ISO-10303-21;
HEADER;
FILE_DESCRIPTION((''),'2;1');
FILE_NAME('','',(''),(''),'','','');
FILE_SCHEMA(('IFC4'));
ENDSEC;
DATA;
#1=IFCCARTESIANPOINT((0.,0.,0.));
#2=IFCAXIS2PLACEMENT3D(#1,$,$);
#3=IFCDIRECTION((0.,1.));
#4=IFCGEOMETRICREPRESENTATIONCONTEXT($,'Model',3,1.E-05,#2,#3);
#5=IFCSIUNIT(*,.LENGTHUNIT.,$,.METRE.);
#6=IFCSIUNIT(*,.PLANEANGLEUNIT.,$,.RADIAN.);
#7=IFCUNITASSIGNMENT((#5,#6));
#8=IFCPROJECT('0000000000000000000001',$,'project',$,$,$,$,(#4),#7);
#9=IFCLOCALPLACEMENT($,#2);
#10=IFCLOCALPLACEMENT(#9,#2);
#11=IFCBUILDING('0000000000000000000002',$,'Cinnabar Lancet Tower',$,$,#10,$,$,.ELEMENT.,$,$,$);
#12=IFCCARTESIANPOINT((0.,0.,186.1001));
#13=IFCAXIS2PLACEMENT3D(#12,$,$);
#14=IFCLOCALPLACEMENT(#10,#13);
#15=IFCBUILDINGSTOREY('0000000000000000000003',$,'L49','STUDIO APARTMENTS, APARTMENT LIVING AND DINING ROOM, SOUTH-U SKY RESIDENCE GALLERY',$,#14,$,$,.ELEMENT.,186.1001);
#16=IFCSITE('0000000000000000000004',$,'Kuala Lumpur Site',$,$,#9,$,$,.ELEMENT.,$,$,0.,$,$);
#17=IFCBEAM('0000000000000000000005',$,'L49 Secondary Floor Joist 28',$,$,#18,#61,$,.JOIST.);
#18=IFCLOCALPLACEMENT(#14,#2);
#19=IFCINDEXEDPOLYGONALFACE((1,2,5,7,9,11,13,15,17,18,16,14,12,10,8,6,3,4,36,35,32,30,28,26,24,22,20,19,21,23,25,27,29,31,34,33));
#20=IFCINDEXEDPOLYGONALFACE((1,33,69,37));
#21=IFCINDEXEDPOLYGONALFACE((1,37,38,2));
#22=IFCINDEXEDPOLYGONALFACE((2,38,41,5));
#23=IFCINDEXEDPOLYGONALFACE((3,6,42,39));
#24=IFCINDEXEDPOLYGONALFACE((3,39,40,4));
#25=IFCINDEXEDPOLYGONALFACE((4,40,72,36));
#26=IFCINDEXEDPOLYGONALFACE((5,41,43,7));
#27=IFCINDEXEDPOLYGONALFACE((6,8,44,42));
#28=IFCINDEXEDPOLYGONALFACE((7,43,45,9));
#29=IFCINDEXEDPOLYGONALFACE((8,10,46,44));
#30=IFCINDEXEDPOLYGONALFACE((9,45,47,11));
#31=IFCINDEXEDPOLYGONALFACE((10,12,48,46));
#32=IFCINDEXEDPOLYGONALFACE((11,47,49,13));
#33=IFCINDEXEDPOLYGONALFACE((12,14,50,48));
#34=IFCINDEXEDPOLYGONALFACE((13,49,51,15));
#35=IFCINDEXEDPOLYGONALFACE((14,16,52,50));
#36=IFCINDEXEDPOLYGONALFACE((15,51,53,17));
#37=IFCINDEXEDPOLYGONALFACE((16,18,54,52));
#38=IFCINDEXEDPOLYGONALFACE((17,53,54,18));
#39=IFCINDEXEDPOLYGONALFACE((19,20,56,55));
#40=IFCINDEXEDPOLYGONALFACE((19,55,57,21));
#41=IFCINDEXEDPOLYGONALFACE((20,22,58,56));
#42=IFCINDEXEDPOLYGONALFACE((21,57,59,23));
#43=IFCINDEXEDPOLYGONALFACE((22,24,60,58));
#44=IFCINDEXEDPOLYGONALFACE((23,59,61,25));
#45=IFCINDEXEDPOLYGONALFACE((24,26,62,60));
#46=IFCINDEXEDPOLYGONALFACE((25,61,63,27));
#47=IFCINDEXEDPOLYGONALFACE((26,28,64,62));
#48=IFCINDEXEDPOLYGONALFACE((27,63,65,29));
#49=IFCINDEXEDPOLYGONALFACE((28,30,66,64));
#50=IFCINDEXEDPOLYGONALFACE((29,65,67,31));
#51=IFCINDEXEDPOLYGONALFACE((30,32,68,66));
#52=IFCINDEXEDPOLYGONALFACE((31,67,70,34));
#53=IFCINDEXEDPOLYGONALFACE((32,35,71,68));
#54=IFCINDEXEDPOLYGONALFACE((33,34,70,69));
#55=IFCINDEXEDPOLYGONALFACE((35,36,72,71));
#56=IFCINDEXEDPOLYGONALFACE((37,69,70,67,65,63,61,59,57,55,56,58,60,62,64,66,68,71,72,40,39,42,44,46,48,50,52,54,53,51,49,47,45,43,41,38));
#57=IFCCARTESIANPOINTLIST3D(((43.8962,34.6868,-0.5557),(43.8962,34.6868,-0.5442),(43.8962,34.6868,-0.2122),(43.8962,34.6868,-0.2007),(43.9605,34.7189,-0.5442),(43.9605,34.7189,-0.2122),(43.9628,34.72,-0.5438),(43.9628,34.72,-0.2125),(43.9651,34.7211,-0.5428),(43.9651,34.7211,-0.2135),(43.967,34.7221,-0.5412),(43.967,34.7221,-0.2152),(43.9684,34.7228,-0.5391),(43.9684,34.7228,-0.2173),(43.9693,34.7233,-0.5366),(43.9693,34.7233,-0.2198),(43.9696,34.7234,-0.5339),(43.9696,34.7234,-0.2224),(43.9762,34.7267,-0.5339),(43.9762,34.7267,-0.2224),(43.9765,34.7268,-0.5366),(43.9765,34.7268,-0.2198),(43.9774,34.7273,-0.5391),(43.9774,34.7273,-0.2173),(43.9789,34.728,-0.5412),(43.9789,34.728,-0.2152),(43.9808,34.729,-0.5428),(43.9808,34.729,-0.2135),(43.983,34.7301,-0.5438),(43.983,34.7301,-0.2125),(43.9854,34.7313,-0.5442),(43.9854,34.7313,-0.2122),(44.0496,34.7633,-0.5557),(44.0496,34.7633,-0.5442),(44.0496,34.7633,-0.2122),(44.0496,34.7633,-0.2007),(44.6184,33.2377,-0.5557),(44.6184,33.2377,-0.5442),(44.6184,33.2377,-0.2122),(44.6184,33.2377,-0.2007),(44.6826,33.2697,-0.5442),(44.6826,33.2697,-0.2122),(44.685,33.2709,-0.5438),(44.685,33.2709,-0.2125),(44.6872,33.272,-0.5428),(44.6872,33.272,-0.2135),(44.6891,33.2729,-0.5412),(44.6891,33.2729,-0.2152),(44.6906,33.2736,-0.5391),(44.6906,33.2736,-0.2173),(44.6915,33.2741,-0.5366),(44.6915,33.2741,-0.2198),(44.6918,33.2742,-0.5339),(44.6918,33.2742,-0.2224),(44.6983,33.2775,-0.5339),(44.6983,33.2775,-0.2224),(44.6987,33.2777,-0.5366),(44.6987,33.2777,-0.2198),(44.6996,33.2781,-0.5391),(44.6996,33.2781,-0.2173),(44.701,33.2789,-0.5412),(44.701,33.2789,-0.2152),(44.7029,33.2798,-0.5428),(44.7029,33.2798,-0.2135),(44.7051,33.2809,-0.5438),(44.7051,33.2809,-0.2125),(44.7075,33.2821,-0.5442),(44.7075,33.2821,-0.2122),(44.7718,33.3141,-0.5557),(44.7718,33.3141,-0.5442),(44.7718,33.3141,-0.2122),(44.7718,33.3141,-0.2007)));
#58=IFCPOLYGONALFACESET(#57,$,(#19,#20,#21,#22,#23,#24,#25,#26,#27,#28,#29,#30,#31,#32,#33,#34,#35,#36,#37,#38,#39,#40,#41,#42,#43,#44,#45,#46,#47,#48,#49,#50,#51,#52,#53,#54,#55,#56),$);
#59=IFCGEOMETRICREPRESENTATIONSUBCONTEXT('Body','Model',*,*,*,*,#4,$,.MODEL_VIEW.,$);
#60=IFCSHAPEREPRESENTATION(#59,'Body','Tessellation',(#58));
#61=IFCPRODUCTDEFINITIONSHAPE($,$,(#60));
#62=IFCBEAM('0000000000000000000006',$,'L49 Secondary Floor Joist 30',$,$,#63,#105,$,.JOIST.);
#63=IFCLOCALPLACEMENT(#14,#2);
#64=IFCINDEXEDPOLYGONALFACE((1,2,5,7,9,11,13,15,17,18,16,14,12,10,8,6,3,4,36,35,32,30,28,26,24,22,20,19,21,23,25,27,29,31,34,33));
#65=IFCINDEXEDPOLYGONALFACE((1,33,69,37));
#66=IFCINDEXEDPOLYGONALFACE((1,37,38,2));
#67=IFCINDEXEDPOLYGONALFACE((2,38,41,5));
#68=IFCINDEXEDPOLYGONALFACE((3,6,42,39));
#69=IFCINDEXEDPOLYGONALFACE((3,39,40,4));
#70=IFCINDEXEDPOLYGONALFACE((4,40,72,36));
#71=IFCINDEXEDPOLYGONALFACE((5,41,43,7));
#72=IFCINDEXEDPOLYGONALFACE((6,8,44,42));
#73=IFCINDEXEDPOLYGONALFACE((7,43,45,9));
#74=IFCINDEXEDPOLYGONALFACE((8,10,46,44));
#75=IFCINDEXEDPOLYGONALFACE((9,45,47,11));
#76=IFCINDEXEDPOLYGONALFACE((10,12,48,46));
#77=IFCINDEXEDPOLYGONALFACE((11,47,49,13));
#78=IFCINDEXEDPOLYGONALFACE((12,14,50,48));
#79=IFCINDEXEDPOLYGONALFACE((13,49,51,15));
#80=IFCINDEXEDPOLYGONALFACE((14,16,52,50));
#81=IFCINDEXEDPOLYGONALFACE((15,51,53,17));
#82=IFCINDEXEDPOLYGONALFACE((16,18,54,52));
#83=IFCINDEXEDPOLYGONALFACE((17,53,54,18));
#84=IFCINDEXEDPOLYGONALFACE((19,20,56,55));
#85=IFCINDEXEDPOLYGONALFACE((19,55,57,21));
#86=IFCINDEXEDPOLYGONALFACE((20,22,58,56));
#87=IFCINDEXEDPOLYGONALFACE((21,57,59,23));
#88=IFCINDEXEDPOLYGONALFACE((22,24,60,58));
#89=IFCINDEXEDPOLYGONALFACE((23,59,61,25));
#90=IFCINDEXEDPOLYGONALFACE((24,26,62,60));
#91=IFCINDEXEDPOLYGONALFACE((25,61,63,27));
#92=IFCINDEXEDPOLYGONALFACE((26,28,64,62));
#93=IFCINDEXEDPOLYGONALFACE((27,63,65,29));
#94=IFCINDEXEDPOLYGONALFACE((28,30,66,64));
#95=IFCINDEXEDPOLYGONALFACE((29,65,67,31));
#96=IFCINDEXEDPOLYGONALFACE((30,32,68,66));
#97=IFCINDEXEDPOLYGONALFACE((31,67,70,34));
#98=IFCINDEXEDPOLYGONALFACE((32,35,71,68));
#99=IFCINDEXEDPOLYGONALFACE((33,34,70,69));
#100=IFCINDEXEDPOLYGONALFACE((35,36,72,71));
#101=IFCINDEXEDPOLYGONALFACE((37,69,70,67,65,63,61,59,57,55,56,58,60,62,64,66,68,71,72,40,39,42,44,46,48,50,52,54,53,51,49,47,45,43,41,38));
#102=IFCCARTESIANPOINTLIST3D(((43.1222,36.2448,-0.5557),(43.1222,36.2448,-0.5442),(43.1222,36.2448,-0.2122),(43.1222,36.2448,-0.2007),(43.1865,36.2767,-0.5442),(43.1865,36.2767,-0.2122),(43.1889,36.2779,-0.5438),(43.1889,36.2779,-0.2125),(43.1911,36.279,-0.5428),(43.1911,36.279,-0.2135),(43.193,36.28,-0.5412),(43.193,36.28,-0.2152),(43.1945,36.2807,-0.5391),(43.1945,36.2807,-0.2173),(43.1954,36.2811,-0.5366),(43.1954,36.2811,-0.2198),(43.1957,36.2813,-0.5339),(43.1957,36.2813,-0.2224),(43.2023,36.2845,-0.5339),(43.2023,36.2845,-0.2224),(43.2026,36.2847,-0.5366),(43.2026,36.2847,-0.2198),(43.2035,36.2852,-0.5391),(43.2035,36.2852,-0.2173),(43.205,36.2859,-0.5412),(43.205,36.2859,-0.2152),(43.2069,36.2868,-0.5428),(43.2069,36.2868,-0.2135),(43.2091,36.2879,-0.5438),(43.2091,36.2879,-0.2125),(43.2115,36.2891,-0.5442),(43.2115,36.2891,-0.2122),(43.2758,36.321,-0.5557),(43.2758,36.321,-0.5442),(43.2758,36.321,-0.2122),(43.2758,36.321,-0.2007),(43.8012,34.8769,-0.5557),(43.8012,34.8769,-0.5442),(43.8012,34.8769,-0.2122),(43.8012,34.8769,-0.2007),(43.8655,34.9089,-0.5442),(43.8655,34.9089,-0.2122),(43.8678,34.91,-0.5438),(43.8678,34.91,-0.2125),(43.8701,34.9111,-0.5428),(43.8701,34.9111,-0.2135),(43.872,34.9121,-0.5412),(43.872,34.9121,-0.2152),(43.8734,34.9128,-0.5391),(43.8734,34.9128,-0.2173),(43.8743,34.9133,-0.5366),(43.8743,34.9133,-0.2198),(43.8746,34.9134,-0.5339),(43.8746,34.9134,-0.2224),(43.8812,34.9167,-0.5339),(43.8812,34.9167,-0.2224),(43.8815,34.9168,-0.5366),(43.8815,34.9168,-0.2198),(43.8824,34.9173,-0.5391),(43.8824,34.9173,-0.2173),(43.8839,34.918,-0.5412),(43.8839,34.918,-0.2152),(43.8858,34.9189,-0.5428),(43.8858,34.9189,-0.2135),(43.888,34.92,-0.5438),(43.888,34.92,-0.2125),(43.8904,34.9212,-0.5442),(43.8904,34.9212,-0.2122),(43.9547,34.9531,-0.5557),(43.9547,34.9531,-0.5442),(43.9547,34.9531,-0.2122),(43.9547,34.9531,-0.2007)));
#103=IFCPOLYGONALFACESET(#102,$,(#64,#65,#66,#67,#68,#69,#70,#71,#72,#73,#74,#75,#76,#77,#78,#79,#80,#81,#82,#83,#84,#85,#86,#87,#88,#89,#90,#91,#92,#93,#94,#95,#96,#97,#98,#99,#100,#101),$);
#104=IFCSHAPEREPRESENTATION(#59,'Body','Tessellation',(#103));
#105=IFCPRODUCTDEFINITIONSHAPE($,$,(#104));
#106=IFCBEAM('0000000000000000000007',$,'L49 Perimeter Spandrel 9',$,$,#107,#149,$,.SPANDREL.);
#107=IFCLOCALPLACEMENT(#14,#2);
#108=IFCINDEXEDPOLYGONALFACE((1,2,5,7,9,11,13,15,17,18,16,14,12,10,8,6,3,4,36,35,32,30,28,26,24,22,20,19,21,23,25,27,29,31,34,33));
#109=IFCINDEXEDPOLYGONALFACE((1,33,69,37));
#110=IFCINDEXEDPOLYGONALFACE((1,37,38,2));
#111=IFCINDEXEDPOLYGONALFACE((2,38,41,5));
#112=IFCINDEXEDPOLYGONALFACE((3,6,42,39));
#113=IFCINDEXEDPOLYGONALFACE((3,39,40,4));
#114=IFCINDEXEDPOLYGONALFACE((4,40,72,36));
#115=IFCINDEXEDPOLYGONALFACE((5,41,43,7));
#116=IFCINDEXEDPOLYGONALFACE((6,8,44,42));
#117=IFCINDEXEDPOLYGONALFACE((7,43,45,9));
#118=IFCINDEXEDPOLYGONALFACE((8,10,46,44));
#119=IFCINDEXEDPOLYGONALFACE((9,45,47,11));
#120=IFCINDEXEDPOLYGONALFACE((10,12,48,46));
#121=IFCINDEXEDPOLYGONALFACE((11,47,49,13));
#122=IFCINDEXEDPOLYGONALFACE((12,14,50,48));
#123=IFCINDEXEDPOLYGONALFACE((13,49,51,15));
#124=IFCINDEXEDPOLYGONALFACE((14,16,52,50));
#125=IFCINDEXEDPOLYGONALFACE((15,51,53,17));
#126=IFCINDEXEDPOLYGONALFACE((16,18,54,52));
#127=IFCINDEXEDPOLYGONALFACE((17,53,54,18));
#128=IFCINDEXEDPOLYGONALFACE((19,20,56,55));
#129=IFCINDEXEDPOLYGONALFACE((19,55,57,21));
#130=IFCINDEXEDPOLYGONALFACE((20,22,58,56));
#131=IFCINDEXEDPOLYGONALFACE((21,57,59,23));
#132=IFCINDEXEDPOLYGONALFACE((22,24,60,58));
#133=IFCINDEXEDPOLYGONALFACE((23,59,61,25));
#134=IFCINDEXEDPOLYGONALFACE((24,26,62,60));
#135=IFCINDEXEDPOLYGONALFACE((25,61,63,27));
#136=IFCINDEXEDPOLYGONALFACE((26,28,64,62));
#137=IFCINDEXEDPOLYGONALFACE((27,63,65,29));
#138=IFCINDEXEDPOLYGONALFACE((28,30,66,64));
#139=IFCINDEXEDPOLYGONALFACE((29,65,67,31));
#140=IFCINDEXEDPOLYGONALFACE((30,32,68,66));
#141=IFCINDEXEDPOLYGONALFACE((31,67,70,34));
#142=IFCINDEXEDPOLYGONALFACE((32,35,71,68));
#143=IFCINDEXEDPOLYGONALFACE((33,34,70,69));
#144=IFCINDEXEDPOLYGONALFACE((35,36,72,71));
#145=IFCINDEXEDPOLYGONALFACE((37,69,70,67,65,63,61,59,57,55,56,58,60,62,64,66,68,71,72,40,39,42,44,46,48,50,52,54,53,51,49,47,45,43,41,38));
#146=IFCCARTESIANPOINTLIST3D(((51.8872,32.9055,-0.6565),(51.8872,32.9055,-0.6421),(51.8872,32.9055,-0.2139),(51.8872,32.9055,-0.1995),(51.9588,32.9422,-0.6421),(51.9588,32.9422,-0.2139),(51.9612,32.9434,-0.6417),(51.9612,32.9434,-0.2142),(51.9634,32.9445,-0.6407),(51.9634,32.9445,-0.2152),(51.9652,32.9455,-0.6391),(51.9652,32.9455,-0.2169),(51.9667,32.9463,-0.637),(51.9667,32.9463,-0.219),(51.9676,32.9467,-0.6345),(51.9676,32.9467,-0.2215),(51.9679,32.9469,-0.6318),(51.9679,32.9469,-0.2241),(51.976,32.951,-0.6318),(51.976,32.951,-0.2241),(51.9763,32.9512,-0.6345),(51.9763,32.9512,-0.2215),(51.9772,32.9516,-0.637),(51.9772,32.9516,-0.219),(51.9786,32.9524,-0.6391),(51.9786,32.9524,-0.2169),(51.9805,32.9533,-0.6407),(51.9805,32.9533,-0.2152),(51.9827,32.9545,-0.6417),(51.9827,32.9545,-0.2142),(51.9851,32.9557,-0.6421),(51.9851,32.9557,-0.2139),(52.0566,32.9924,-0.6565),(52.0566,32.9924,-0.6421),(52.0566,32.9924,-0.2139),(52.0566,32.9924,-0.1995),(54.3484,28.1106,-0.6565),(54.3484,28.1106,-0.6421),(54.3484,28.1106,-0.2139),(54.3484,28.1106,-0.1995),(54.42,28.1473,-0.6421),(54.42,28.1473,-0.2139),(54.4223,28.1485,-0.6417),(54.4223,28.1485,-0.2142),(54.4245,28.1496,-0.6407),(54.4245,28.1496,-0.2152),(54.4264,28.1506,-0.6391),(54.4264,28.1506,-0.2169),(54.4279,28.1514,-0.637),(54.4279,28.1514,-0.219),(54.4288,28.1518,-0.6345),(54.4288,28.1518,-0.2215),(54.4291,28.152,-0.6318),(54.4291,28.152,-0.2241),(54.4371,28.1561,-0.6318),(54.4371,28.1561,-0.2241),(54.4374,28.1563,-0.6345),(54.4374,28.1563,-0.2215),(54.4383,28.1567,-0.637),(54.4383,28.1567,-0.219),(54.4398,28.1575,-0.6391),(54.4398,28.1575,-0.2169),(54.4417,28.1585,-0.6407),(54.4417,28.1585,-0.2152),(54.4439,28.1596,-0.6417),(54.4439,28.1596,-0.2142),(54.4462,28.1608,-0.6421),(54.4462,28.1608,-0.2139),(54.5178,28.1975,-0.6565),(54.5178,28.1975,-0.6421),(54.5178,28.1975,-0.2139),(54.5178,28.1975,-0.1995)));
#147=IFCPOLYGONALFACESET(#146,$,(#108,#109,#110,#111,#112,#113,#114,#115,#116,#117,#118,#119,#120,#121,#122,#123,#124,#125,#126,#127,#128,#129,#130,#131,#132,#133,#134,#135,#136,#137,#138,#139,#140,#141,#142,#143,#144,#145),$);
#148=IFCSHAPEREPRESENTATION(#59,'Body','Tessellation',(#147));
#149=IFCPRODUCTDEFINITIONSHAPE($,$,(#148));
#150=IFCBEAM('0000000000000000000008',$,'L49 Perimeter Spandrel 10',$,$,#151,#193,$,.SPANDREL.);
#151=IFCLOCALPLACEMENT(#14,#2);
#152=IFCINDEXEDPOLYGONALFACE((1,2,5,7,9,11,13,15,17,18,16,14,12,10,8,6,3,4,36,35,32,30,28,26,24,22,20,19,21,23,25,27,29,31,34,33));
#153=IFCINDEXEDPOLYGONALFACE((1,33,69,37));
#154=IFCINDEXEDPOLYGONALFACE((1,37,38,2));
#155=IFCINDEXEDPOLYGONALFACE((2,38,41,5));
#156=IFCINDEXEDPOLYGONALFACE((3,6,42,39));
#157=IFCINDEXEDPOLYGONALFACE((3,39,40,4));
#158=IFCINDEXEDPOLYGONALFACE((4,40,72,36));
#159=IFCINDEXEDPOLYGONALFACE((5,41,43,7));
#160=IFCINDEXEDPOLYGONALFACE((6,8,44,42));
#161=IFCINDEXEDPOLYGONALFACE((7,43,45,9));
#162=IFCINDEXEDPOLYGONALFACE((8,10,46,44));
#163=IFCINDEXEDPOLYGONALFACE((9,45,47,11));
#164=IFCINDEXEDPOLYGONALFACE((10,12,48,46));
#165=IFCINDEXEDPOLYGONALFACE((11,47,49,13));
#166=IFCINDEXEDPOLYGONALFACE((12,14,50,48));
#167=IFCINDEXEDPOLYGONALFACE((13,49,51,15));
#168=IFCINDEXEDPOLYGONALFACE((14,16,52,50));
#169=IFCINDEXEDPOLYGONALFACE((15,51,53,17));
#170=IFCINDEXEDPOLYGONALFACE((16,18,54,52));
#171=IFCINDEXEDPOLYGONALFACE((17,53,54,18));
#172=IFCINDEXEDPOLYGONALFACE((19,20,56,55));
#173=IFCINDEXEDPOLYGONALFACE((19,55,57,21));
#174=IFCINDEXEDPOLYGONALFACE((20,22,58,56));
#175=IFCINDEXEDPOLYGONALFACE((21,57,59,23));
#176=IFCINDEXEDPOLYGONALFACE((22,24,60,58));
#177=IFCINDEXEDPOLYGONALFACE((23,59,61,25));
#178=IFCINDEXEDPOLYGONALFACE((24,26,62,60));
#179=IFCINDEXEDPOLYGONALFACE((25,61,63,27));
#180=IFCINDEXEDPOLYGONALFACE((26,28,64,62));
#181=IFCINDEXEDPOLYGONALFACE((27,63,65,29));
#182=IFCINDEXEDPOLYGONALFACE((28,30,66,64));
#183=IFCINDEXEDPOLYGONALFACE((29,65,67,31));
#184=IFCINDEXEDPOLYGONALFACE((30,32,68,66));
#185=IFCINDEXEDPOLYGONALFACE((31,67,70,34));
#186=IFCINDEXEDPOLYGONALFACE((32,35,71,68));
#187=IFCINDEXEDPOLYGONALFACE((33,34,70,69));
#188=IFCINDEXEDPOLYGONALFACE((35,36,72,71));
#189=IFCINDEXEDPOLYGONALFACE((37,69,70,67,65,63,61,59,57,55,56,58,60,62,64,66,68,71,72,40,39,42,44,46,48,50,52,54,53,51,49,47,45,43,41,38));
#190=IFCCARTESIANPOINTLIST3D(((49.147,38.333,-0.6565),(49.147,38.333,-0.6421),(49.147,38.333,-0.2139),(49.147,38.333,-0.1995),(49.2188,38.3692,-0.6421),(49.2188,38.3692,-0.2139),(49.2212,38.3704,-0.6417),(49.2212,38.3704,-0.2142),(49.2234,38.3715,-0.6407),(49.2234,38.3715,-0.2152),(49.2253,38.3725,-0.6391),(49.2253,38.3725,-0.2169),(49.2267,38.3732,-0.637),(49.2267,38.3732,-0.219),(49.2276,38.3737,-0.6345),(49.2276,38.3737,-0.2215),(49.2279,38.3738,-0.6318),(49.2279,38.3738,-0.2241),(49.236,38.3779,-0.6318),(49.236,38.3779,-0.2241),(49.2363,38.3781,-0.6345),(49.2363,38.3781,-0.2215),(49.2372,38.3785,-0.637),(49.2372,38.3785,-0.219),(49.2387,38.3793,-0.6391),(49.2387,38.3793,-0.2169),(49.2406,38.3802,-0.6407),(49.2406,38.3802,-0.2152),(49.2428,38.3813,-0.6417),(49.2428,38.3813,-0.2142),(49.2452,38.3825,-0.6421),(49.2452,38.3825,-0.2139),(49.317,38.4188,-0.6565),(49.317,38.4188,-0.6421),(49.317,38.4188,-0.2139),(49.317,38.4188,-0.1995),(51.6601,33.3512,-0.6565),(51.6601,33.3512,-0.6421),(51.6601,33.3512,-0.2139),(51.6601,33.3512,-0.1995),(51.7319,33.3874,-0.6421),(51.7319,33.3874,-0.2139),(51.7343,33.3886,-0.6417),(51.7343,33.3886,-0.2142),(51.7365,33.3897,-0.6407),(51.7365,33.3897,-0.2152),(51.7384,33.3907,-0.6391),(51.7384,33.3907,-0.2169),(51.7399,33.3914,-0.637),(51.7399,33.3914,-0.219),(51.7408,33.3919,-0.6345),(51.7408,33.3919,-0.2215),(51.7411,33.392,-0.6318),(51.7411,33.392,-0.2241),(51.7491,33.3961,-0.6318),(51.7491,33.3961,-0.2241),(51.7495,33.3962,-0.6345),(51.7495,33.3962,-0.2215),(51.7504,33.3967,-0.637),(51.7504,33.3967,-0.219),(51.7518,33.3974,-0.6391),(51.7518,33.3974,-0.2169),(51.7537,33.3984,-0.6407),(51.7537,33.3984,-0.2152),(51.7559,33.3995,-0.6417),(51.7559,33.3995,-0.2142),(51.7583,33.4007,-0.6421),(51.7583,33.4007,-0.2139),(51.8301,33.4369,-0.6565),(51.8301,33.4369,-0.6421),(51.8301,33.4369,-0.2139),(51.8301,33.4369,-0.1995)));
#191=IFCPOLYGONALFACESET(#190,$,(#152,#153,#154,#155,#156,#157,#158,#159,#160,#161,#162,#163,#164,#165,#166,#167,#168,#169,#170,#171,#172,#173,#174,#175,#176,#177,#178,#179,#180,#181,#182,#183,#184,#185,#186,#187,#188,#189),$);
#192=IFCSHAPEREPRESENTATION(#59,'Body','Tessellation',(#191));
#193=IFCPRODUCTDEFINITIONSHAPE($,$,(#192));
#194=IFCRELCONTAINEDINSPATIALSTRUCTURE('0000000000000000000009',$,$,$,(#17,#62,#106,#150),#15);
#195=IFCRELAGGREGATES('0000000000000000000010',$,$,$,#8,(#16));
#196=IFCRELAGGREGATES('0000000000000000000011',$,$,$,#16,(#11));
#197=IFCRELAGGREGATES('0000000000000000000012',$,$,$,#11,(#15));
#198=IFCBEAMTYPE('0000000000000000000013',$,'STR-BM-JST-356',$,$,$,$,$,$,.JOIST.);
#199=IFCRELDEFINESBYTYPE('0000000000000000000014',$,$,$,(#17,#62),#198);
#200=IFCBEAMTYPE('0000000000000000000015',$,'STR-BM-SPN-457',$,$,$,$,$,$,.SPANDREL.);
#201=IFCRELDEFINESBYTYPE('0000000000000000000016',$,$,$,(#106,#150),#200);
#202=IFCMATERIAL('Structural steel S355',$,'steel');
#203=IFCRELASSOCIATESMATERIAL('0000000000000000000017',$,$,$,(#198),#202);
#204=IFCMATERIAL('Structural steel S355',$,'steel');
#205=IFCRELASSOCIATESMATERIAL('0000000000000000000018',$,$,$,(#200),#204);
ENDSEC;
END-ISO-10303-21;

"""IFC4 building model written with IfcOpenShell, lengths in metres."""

from ifc_helpers import new_model, si_unit, direction, frame, origin, origin_2d, place, context, subcontext, project, spatial, i_section, extrude, material, material_profile, profile_set, type_object, element, save


model = new_model("IFC4")

# Units and contexts
model_context = context("Model", 3, precision=1e-05, world=origin(), true_north=direction((0.0, 1.0)))
body_context = subcontext(model_context, "Body", "Model", "MODEL_VIEW")
ifc_project = project(units=[si_unit("LENGTHUNIT", "METRE"), si_unit("PLANEANGLEUNIT", "RADIAN")], contexts=[model_context])

# Site, building, storey
site_placement = place(None, origin())
site = spatial("IfcSite", under=ifc_project, at=site_placement, Name="Kuala Lumpur Site", CompositionType="ELEMENT", RefElevation=0.0)
building_placement = place(site_placement, origin())
building = spatial("IfcBuilding", under=site, at=building_placement, Name="Cinnabar Lancet Tower", CompositionType="ELEMENT")
storey_placement = place(building_placement, frame((0.0, 0.0, 186.1001)))
storey = spatial("IfcBuildingStorey", under=building, at=storey_placement, Name="L49", Description="STUDIO APARTMENTS, APARTMENT LIVING AND DINING ROOM, SOUTH-U SKY RESIDENCE GALLERY", CompositionType="ELEMENT", Elevation=186.1001)

# Beams
ifc_material_1 = material(Name="Structural steel S355", Category="steel")
ifc_material_profile_1 = material_profile(ifc_material_1, i_section(OverallWidth=0.1714, OverallDepth=0.355, WebThickness=0.0073, FlangeThickness=0.0115, FilletRadius=0.0103, at=origin_2d()), Name="UKB 356x171x51")
ifc_profile_set_1 = profile_set([ifc_material_profile_1], Name="Structural steel S355")
beam_type_1 = type_object("IfcBeamType", Name="STR-BM-JST-356", PredefinedType="JOIST", material=ifc_profile_set_1)
beam_1_placement = place(storey_placement, frame((44.6951, 33.2759, -0.3782), z_axis=(-0.446007, 0.895029, 0.0), x_axis=(-0.895029, -0.446007, 0.0)))
element("IfcBeam", 1, at=beam_1_placement, inside=storey, type_object=beam_type_1, Name="L49 Secondary Floor Joist 28", PredefinedType="JOIST", context=body_context, shape_type="SweptSolid", body=[
    extrude(i_section(OverallWidth=0.1714, OverallDepth=0.355, WebThickness=0.0073, FlangeThickness=0.0115, FilletRadius=0.0103, at=origin_2d()), origin(), (0.0, 0.0, 1.0), 1.6191),
])
beam_2_placement = place(storey_placement, frame((43.8779, 34.915, -0.3782), z_axis=(-0.44459, 0.895734, 0.0), x_axis=(-0.895734, -0.44459, 0.0)))
element("IfcBeam", 2, at=beam_2_placement, inside=storey, type_object=beam_type_1, Name="L49 Secondary Floor Joist 30", PredefinedType="JOIST", context=body_context, shape_type="SweptSolid", body=[
    extrude(i_section(OverallWidth=0.1714, OverallDepth=0.355, WebThickness=0.0073, FlangeThickness=0.0115, FilletRadius=0.0103, at=origin_2d()), origin(), (0.0, 0.0, 1.0), 1.5271),
])
ifc_material_2 = material(Name="Structural steel S355", Category="steel")
ifc_material_profile_2 = material_profile(ifc_material_2, i_section(OverallWidth=0.1904, OverallDepth=0.457, WebThickness=0.009, FlangeThickness=0.0144, FilletRadius=0.0103, at=origin_2d()), Name="UKB 457x191x74")
ifc_profile_set_2 = profile_set([ifc_material_profile_2], Name="Structural steel S355")
beam_type_2 = type_object("IfcBeamType", Name="STR-BM-SPN-457", PredefinedType="SPANDREL", material=ifc_profile_set_2)
beam_3_placement = place(storey_placement, frame((54.4331, 28.1541, -0.428), z_axis=(-0.456647, 0.889648, 0.0), x_axis=(-0.889648, -0.456647, 0.0)))
element("IfcBeam", 3, at=beam_3_placement, inside=storey, type_object=beam_type_2, Name="L49 Perimeter Spandrel 9", PredefinedType="SPANDREL", context=body_context, shape_type="SweptSolid", body=[
    extrude(i_section(OverallWidth=0.1904, OverallDepth=0.457, WebThickness=0.009, FlangeThickness=0.0144, FilletRadius=0.0103, at=origin_2d()), origin(), (0.0, 0.0, 1.0), 5.3896),
])
beam_4_placement = place(storey_placement, frame((51.7451, 33.394, -0.428), z_axis=(-0.450396, 0.892829, 0.0), x_axis=(-0.892829, -0.450396, 0.0)))
element("IfcBeam", 4, at=beam_4_placement, inside=storey, type_object=beam_type_2, Name="L49 Perimeter Spandrel 10", PredefinedType="SPANDREL", context=body_context, shape_type="SweptSolid", body=[
    extrude(i_section(OverallWidth=0.1904, OverallDepth=0.457, WebThickness=0.009, FlangeThickness=0.0144, FilletRadius=0.0103, at=origin_2d()), origin(), (0.0, 0.0, 1.0), 5.5798),
])

save(model, "model.ifc")
